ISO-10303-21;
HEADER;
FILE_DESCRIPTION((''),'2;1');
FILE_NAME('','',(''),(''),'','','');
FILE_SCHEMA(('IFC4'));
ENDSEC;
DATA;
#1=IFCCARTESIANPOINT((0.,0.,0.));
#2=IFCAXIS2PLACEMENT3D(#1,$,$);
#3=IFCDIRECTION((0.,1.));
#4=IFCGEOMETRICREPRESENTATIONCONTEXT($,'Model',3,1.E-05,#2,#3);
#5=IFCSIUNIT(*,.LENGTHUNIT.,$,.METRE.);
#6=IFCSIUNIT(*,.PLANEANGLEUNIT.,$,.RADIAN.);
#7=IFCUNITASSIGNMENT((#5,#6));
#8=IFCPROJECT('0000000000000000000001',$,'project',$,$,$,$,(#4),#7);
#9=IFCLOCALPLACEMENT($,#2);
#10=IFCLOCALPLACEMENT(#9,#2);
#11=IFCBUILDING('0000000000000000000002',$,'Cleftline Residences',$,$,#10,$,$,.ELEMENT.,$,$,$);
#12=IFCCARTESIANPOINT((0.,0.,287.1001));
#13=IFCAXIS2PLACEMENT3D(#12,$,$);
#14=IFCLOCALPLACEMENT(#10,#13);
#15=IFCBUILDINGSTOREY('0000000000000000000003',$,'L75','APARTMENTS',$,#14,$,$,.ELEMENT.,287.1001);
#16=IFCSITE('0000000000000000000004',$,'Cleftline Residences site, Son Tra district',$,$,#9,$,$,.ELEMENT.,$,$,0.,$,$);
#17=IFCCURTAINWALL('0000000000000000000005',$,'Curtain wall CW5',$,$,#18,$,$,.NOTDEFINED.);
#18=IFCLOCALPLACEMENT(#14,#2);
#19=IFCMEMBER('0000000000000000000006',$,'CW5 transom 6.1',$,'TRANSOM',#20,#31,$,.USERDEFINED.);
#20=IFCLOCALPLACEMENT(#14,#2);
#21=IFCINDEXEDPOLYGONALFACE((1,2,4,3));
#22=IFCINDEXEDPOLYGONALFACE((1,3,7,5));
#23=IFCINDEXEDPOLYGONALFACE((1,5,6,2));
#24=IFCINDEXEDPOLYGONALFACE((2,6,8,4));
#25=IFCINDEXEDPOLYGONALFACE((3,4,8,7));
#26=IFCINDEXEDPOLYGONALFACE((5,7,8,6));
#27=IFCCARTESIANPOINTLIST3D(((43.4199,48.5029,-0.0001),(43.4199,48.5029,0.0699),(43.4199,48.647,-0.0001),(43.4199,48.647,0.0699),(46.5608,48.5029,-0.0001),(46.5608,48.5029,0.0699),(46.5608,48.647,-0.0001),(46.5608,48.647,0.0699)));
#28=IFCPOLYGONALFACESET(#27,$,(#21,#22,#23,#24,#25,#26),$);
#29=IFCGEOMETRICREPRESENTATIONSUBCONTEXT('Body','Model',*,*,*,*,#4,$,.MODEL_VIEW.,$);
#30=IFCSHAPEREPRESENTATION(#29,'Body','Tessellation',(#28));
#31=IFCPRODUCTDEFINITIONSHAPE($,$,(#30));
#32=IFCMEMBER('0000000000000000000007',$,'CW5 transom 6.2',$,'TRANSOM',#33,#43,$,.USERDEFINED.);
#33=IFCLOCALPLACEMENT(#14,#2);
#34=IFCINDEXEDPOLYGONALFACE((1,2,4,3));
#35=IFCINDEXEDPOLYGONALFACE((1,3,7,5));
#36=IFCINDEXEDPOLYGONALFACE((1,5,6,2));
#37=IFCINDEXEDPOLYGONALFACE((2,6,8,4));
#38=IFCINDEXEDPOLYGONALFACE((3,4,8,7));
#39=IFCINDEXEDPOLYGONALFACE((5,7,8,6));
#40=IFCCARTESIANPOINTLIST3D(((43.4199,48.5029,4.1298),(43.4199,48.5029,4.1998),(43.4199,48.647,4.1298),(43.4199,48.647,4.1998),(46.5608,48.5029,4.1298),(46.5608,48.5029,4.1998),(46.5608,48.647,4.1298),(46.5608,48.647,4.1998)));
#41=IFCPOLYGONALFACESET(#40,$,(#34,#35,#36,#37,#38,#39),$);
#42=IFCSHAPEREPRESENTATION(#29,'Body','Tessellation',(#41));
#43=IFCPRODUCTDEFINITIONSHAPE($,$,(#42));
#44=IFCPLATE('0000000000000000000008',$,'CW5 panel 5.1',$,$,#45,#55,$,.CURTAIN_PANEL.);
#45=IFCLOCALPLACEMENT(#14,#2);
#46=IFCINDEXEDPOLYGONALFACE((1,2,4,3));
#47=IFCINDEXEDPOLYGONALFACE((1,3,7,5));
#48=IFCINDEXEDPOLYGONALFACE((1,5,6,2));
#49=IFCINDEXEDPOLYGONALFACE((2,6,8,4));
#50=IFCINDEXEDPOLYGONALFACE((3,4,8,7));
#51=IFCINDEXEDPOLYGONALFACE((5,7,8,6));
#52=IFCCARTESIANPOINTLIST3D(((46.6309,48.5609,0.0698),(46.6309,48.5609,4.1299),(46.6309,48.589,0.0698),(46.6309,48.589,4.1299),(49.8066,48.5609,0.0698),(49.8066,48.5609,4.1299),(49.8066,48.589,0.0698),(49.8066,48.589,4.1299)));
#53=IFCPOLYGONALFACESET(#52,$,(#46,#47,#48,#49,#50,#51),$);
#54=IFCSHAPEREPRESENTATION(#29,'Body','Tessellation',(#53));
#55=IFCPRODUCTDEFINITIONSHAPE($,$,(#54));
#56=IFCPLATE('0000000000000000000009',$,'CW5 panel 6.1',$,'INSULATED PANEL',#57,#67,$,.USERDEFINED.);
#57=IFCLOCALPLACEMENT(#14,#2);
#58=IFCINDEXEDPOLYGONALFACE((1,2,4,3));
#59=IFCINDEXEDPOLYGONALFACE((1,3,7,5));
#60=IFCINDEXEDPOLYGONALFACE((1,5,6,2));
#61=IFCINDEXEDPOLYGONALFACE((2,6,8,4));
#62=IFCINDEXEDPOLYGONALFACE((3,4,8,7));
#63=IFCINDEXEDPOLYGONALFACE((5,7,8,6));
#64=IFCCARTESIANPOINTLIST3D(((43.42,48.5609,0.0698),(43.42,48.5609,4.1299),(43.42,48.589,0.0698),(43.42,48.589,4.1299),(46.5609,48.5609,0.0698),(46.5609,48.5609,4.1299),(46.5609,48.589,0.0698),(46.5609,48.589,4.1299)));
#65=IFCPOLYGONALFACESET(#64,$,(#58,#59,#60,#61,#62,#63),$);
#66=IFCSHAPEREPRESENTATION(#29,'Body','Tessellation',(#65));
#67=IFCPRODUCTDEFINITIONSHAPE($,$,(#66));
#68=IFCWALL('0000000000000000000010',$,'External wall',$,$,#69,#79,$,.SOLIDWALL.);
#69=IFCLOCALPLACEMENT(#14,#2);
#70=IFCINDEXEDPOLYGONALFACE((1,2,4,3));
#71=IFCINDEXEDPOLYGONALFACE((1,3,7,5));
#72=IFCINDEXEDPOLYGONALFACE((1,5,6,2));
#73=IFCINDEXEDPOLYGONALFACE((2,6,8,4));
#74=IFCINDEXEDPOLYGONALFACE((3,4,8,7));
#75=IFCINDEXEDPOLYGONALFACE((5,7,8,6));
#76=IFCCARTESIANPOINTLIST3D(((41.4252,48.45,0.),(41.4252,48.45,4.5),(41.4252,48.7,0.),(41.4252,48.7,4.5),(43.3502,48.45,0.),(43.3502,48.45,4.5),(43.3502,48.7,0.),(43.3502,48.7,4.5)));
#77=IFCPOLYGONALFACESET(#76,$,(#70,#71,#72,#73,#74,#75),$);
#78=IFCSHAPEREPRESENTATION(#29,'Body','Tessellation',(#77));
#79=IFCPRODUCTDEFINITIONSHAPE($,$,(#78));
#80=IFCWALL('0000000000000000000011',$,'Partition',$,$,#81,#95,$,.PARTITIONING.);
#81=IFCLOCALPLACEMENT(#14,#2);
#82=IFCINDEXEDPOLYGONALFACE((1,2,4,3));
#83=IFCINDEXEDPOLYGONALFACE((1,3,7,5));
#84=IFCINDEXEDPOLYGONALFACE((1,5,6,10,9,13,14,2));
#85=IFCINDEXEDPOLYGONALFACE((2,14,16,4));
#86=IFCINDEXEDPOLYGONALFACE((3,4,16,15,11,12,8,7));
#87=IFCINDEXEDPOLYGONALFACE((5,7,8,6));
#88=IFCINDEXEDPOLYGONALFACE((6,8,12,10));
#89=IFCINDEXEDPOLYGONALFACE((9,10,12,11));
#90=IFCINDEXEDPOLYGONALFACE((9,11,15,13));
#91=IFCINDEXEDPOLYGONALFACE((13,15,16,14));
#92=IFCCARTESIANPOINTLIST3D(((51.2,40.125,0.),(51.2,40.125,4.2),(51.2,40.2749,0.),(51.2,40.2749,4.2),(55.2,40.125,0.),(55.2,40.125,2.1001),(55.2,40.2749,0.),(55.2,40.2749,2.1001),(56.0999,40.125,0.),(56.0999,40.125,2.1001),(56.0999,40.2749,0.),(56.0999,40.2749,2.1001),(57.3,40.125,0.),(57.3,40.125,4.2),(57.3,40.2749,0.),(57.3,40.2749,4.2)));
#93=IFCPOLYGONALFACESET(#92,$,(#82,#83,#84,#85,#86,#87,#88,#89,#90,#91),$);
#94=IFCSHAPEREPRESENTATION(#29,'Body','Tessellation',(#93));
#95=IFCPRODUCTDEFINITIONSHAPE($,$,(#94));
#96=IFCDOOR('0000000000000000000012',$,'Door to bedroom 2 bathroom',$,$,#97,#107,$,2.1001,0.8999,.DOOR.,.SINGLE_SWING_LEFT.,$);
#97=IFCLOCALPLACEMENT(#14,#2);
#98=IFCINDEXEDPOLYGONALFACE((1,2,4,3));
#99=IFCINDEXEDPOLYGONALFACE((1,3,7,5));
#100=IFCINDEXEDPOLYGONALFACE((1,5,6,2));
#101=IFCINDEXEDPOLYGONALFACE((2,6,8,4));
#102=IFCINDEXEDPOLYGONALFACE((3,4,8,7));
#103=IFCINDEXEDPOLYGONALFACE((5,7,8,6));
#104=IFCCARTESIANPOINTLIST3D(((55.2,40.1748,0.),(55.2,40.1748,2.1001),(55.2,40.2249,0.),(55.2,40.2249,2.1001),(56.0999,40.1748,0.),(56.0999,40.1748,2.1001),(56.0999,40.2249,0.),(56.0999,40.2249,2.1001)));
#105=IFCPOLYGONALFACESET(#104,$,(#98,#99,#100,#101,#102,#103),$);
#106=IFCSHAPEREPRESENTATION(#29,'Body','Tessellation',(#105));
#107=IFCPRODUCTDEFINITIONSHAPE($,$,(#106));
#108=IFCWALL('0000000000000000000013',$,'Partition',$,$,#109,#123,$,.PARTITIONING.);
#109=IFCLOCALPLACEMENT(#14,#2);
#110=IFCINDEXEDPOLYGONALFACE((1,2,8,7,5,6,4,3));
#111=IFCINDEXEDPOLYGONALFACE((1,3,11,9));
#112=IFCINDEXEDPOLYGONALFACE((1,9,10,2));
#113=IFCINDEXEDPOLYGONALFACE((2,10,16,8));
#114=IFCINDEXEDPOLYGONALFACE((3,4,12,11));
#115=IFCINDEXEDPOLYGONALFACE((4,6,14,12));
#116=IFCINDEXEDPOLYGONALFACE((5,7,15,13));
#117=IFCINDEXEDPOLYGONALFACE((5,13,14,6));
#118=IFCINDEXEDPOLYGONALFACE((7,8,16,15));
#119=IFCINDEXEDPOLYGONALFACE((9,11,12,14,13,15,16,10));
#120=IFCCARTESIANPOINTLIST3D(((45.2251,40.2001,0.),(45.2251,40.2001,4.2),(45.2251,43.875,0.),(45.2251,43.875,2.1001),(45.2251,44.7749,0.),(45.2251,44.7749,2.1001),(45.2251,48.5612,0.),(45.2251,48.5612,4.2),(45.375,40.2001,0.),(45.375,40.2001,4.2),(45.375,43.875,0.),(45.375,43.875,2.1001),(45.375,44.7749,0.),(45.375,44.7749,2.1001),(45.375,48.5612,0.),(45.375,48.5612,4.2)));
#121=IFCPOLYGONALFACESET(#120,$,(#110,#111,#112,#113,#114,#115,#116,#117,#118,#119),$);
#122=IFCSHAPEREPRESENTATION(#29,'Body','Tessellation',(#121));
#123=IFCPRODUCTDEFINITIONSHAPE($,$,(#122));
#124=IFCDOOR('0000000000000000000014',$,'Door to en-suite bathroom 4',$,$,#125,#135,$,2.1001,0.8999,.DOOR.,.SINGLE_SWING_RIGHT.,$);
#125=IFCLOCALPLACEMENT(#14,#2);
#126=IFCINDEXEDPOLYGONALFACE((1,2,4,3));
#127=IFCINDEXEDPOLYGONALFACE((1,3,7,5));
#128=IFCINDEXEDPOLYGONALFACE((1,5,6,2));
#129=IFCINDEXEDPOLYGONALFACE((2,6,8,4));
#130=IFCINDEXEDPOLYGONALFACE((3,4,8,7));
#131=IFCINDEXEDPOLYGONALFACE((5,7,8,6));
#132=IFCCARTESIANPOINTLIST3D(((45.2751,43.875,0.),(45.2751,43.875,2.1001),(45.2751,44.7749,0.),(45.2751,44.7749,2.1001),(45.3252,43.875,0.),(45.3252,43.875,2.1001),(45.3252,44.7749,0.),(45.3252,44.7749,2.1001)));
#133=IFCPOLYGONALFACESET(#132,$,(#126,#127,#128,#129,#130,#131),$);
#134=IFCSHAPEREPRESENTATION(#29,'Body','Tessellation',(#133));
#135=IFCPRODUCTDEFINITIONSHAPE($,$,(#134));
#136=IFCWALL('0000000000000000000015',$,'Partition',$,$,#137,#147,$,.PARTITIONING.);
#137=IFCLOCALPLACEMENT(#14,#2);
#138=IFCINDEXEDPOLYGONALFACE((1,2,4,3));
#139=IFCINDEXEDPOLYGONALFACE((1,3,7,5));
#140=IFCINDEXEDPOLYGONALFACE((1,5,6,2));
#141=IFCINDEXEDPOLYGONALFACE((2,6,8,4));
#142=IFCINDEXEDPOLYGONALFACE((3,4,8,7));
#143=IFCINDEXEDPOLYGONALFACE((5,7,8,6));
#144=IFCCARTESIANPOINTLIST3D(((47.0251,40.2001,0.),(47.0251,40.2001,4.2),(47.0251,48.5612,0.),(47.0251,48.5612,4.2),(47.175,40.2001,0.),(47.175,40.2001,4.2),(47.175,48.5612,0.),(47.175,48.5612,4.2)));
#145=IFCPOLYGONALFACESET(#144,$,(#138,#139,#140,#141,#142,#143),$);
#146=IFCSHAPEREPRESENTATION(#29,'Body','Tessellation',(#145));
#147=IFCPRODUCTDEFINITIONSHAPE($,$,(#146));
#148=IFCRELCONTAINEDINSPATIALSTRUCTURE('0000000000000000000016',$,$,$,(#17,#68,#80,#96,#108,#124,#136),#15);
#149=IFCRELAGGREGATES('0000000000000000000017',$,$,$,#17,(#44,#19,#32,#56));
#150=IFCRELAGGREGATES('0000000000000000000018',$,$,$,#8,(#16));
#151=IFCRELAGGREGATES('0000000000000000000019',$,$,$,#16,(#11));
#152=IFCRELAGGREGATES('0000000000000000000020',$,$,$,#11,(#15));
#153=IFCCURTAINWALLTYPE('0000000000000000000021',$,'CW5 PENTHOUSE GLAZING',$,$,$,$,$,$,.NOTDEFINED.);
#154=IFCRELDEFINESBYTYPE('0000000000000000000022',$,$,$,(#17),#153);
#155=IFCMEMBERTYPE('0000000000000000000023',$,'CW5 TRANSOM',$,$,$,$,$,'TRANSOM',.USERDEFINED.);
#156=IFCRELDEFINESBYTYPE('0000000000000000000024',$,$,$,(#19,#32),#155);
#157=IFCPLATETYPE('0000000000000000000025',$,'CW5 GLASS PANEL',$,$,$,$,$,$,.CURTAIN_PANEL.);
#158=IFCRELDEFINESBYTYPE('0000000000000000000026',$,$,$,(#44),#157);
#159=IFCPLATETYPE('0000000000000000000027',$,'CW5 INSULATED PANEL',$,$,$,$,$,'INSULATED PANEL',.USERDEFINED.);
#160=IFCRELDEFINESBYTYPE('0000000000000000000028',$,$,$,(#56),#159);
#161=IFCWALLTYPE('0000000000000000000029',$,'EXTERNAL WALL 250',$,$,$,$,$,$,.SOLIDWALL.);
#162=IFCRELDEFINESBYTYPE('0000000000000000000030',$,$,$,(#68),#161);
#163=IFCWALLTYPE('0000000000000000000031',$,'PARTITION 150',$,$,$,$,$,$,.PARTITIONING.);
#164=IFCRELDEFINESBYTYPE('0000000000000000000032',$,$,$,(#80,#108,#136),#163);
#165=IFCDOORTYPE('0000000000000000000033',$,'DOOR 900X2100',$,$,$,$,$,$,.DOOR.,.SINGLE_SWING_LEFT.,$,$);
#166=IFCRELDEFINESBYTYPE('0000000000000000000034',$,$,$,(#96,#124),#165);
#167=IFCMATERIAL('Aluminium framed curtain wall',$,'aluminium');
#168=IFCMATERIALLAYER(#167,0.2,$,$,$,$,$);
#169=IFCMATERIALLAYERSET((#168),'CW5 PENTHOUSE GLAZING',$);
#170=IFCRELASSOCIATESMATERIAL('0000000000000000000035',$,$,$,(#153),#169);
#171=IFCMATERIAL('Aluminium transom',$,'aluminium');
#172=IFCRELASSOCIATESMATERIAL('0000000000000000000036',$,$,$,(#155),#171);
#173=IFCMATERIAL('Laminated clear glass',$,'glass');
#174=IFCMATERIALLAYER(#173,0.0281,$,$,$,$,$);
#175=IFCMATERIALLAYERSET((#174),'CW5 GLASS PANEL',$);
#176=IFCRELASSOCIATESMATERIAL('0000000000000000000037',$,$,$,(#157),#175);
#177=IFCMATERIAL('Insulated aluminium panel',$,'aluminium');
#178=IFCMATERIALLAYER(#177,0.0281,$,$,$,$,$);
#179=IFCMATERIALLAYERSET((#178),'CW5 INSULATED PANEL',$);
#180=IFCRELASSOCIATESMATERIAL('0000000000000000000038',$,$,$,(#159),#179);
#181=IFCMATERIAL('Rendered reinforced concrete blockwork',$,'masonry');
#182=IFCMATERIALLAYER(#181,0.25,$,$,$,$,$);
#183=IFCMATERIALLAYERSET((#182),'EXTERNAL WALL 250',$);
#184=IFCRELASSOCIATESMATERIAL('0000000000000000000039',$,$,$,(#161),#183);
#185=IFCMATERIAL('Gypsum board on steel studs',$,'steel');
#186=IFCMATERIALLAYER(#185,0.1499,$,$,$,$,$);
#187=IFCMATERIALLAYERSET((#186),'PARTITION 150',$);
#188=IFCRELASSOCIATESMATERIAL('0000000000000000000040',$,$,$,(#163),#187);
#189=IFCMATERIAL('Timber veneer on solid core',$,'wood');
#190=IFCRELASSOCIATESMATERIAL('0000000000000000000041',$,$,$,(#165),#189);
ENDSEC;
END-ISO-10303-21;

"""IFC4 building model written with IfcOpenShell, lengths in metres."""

from ifc_helpers import new_model, si_unit, direction, frame, frame_2d, origin, origin_2d, place, context, subcontext, project, spatial, rectangle, extrude, material, layer, layer_set, material_profile, profile_set, type_object, element, fill, aggregate, save


model = new_model("IFC4")

# Units and contexts
model_context = context("Model", 3, precision=1e-05, world=origin(), true_north=direction((0.0, 1.0)))
body_context = subcontext(model_context, "Body", "Model", "MODEL_VIEW")
ifc_project = project(units=[si_unit("LENGTHUNIT", "METRE"), si_unit("PLANEANGLEUNIT", "RADIAN")], contexts=[model_context])

# Site, building, storey
site_placement = place(None, origin())
site = spatial("IfcSite", under=ifc_project, at=site_placement, Name="Cleftline Residences site, Son Tra district", CompositionType="ELEMENT", RefElevation=0.0)
building_placement = place(site_placement, origin())
building = spatial("IfcBuilding", under=site, at=building_placement, Name="Cleftline Residences", CompositionType="ELEMENT")
storey_placement = place(building_placement, frame((0.0, 0.0, 287.1001)))
storey = spatial("IfcBuildingStorey", under=building, at=storey_placement, Name="L75", Description="APARTMENTS", CompositionType="ELEMENT", Elevation=287.1001)

# Curtain wall, members, plates
ifc_material_1 = material(Name="Aluminium framed curtain wall", Category="aluminium")
ifc_layer_1 = layer(ifc_material_1, 0.2)
ifc_layer_set_1 = layer_set([ifc_layer_1], Name="CW5 PENTHOUSE GLAZING")
curtain_wall_type = type_object("IfcCurtainWallType", Name="CW5 PENTHOUSE GLAZING", PredefinedType="NOTDEFINED", material=ifc_layer_set_1)
curtain_wall_placement = place(storey_placement, origin())
curtain_wall = element("IfcCurtainWall", 1, at=curtain_wall_placement, inside=storey, type_object=curtain_wall_type, Name="Curtain wall CW5", PredefinedType="NOTDEFINED")
ifc_material_2 = material(Name="Aluminium transom", Category="aluminium")
ifc_material_profile_1 = material_profile(ifc_material_2, rectangle(XDim=0.144, YDim=0.0701, at=origin_2d()))
ifc_profile_set_1 = profile_set([ifc_material_profile_1], Name="Aluminium transom")
member_type_1 = type_object("IfcMemberType", Name="CW5 TRANSOM", ElementType="TRANSOM", PredefinedType="USERDEFINED", material=ifc_profile_set_1)
member_1_placement = place(storey_placement, frame((46.5608, 48.575, 0.0349), z_axis=(-1.0, 0.0, 0.0), x_axis=(0.0, -1.0, 0.0)))
member_1 = element("IfcMember", 2, at=member_1_placement, type_object=member_type_1, Name="CW5 transom 6.1", ObjectType="TRANSOM", PredefinedType="USERDEFINED", context=body_context, shape_type="SweptSolid", body=[
    extrude(rectangle(XDim=0.144, YDim=0.0701, at=origin_2d()), origin(), (0.0, 0.0, 1.0), 3.1409),
])
member_2_placement = place(storey_placement, frame((46.5608, 48.575, 4.1648), z_axis=(-1.0, 0.0, 0.0), x_axis=(0.0, -1.0, 0.0)))
member_2 = element("IfcMember", 3, at=member_2_placement, type_object=member_type_1, Name="CW5 transom 6.2", ObjectType="TRANSOM", PredefinedType="USERDEFINED", context=body_context, shape_type="SweptSolid", body=[
    extrude(rectangle(XDim=0.144, YDim=0.0701, at=origin_2d()), origin(), (0.0, 0.0, 1.0), 3.1409),
])
ifc_material_3 = material(Name="Laminated clear glass", Category="glass")
ifc_layer_2 = layer(ifc_material_3, 0.0281)
ifc_layer_set_2 = layer_set([ifc_layer_2], Name="CW5 GLASS PANEL")
plate_type_1 = type_object("IfcPlateType", Name="CW5 GLASS PANEL", PredefinedType="CURTAIN_PANEL", material=ifc_layer_set_2)
plate_1_placement = place(storey_placement, frame((48.2188, 48.575, 0.0698), z_axis=(0.0, 0.0, 1.0), x_axis=(-1.0, 0.0, 0.0)))
plate_1 = element("IfcPlate", 4, at=plate_1_placement, type_object=plate_type_1, Name="CW5 panel 5.1", PredefinedType="CURTAIN_PANEL", context=body_context, shape_type="SweptSolid", body=[
    extrude(rectangle(XDim=3.1758, YDim=0.0281, at=origin_2d()), origin(), (0.0, 0.0, 1.0), 4.0601),
])
ifc_material_4 = material(Name="Insulated aluminium panel", Category="aluminium")
ifc_layer_3 = layer(ifc_material_4, 0.0281)
ifc_layer_set_3 = layer_set([ifc_layer_3], Name="CW5 INSULATED PANEL")
plate_type_2 = type_object("IfcPlateType", Name="CW5 INSULATED PANEL", ElementType="INSULATED PANEL", PredefinedType="USERDEFINED", material=ifc_layer_set_3)
plate_2_placement = place(storey_placement, frame((44.9905, 48.575, 0.0698), z_axis=(0.0, 0.0, 1.0), x_axis=(-1.0, 0.0, 0.0)))
plate_2 = element("IfcPlate", 5, at=plate_2_placement, type_object=plate_type_2, Name="CW5 panel 6.1", ObjectType="INSULATED PANEL", PredefinedType="USERDEFINED", context=body_context, shape_type="SweptSolid", body=[
    extrude(rectangle(XDim=3.1409, YDim=0.0281, at=origin_2d()), origin(), (0.0, 0.0, 1.0), 4.0601),
])
aggregate(curtain_wall, [plate_1, member_1, member_2, plate_2])

# Wall
ifc_material_5 = material(Name="Rendered reinforced concrete blockwork", Category="masonry")
ifc_layer_4 = layer(ifc_material_5, 0.25)
ifc_layer_set_4 = layer_set([ifc_layer_4], Name="EXTERNAL WALL 250")
wall_type_1 = type_object("IfcWallType", Name="EXTERNAL WALL 250", PredefinedType="SOLIDWALL", material=ifc_layer_set_4)
wall_1_placement = place(storey_placement, frame((43.3501, 48.575, 0.0), z_axis=(0.0, 0.0, 1.0), x_axis=(-1.0, 0.0, 0.0)))
element("IfcWall", 6, at=wall_1_placement, inside=storey, type_object=wall_type_1, Name="External wall", PredefinedType="SOLIDWALL", context=body_context, shape_type="SweptSolid", body=[
    extrude(rectangle(XDim=1.925, YDim=0.25, at=frame_2d((0.9624, 0.0))), origin(), (0.0, 0.0, 1.0), 4.5),
])

# Walls, openings, doors
ifc_material_6 = material(Name="Gypsum board on steel studs", Category="steel")
ifc_layer_5 = layer(ifc_material_6, 0.1499)
ifc_layer_set_5 = layer_set([ifc_layer_5], Name="PARTITION 150")
wall_type_2 = type_object("IfcWallType", Name="PARTITION 150", PredefinedType="PARTITIONING", material=ifc_layer_set_5)
wall_2_placement = place(storey_placement, frame((51.2, 40.2, 0.0), z_axis=(0.0, 0.0, 1.0), x_axis=(1.0, 0.0, 0.0)))
wall_2 = element("IfcWall", 7, at=wall_2_placement, inside=storey, type_object=wall_type_2, Name="Partition", PredefinedType="PARTITIONING", context=body_context, shape_type="SweptSolid", body=[
    extrude(rectangle(XDim=6.1001, YDim=0.1499, at=frame_2d((3.05, 0.0))), origin(), (0.0, 0.0, 1.0), 4.2),
])
opening_1_placement = place(wall_2_placement, frame((4.0, 0.0, 0.0)))
opening_1 = element("IfcOpeningElement", 8, at=opening_1_placement, cuts=wall_2, PredefinedType="OPENING", context=body_context, shape_type="SweptSolid", body=[
    extrude(rectangle(XDim=0.8999, YDim=2.1001, at=frame_2d((0.45, 1.05))), frame((0.0, 0.085, 0.0), z_axis=(0.0, -1.0, 0.0), x_axis=(1.0, 0.0, 0.0)), (0.0, 0.0, 1.0), 0.1699),
])
ifc_material_7 = material(Name="Timber veneer on solid core", Category="wood")
door_type = type_object("IfcDoorType", Name="DOOR 900X2100", OperationType="SINGLE_SWING_LEFT", PredefinedType="DOOR", material=ifc_material_7)
door_1_placement = place(opening_1_placement, origin())
door_1 = element("IfcDoor", 9, at=door_1_placement, inside=storey, type_object=door_type, Name="Door to bedroom 2 bathroom", OperationType="SINGLE_SWING_LEFT", OverallHeight=2.1001, OverallWidth=0.8999, PredefinedType="DOOR", context=body_context, shape_type="SweptSolid", body=[
    extrude(rectangle(XDim=0.8999, YDim=2.1001, at=frame_2d((0.45, 1.05))), frame((0.0, 0.0249, 0.0), z_axis=(0.0, -1.0, 0.0), x_axis=(1.0, 0.0, 0.0)), (0.0, 0.0, 1.0), 0.05),
])
fill(opening_1, door_1)
wall_3_placement = place(storey_placement, frame((45.3, 40.2, 0.0), z_axis=(0.0, 0.0, 1.0), x_axis=(0.0, 1.0, 0.0)))
wall_3 = element("IfcWall", 10, at=wall_3_placement, inside=storey, type_object=wall_type_2, Name="Partition", PredefinedType="PARTITIONING", context=body_context, shape_type="SweptSolid", body=[
    extrude(rectangle(XDim=8.3611, YDim=0.1499, at=frame_2d((4.1807, 0.0))), origin(), (0.0, 0.0, 1.0), 4.2),
])
opening_2_placement = place(wall_3_placement, frame((3.675, 0.0, 0.0)))
opening_2 = element("IfcOpeningElement", 11, at=opening_2_placement, cuts=wall_3, PredefinedType="OPENING", context=body_context, shape_type="SweptSolid", body=[
    extrude(rectangle(XDim=0.8999, YDim=2.1001, at=frame_2d((0.45, 1.05))), frame((0.0, 0.085, 0.0), z_axis=(0.0, -1.0, 0.0), x_axis=(1.0, 0.0, 0.0)), (0.0, 0.0, 1.0), 0.1699),
])
door_2_placement = place(opening_2_placement, origin())
door_2 = element("IfcDoor", 12, at=door_2_placement, inside=storey, type_object=door_type, Name="Door to en-suite bathroom 4", OperationType="SINGLE_SWING_RIGHT", OverallHeight=2.1001, OverallWidth=0.8999, PredefinedType="DOOR", context=body_context, shape_type="SweptSolid", body=[
    extrude(rectangle(XDim=0.8999, YDim=2.1001, at=frame_2d((0.45, 1.05))), frame((0.0, 0.0249, 0.0), z_axis=(0.0, -1.0, 0.0), x_axis=(1.0, 0.0, 0.0)), (0.0, 0.0, 1.0), 0.05),
])
fill(opening_2, door_2)

# Wall
wall_4_placement = place(storey_placement, frame((47.1001, 40.2, 0.0), z_axis=(0.0, 0.0, 1.0), x_axis=(0.0, 1.0, 0.0)))
element("IfcWall", 13, at=wall_4_placement, inside=storey, type_object=wall_type_2, Name="Partition", PredefinedType="PARTITIONING", context=body_context, shape_type="SweptSolid", body=[
    extrude(rectangle(XDim=8.3611, YDim=0.1499, at=frame_2d((4.1807, 0.0))), origin(), (0.0, 0.0, 1.0), 4.2),
])

save(model, "model.ifc")
